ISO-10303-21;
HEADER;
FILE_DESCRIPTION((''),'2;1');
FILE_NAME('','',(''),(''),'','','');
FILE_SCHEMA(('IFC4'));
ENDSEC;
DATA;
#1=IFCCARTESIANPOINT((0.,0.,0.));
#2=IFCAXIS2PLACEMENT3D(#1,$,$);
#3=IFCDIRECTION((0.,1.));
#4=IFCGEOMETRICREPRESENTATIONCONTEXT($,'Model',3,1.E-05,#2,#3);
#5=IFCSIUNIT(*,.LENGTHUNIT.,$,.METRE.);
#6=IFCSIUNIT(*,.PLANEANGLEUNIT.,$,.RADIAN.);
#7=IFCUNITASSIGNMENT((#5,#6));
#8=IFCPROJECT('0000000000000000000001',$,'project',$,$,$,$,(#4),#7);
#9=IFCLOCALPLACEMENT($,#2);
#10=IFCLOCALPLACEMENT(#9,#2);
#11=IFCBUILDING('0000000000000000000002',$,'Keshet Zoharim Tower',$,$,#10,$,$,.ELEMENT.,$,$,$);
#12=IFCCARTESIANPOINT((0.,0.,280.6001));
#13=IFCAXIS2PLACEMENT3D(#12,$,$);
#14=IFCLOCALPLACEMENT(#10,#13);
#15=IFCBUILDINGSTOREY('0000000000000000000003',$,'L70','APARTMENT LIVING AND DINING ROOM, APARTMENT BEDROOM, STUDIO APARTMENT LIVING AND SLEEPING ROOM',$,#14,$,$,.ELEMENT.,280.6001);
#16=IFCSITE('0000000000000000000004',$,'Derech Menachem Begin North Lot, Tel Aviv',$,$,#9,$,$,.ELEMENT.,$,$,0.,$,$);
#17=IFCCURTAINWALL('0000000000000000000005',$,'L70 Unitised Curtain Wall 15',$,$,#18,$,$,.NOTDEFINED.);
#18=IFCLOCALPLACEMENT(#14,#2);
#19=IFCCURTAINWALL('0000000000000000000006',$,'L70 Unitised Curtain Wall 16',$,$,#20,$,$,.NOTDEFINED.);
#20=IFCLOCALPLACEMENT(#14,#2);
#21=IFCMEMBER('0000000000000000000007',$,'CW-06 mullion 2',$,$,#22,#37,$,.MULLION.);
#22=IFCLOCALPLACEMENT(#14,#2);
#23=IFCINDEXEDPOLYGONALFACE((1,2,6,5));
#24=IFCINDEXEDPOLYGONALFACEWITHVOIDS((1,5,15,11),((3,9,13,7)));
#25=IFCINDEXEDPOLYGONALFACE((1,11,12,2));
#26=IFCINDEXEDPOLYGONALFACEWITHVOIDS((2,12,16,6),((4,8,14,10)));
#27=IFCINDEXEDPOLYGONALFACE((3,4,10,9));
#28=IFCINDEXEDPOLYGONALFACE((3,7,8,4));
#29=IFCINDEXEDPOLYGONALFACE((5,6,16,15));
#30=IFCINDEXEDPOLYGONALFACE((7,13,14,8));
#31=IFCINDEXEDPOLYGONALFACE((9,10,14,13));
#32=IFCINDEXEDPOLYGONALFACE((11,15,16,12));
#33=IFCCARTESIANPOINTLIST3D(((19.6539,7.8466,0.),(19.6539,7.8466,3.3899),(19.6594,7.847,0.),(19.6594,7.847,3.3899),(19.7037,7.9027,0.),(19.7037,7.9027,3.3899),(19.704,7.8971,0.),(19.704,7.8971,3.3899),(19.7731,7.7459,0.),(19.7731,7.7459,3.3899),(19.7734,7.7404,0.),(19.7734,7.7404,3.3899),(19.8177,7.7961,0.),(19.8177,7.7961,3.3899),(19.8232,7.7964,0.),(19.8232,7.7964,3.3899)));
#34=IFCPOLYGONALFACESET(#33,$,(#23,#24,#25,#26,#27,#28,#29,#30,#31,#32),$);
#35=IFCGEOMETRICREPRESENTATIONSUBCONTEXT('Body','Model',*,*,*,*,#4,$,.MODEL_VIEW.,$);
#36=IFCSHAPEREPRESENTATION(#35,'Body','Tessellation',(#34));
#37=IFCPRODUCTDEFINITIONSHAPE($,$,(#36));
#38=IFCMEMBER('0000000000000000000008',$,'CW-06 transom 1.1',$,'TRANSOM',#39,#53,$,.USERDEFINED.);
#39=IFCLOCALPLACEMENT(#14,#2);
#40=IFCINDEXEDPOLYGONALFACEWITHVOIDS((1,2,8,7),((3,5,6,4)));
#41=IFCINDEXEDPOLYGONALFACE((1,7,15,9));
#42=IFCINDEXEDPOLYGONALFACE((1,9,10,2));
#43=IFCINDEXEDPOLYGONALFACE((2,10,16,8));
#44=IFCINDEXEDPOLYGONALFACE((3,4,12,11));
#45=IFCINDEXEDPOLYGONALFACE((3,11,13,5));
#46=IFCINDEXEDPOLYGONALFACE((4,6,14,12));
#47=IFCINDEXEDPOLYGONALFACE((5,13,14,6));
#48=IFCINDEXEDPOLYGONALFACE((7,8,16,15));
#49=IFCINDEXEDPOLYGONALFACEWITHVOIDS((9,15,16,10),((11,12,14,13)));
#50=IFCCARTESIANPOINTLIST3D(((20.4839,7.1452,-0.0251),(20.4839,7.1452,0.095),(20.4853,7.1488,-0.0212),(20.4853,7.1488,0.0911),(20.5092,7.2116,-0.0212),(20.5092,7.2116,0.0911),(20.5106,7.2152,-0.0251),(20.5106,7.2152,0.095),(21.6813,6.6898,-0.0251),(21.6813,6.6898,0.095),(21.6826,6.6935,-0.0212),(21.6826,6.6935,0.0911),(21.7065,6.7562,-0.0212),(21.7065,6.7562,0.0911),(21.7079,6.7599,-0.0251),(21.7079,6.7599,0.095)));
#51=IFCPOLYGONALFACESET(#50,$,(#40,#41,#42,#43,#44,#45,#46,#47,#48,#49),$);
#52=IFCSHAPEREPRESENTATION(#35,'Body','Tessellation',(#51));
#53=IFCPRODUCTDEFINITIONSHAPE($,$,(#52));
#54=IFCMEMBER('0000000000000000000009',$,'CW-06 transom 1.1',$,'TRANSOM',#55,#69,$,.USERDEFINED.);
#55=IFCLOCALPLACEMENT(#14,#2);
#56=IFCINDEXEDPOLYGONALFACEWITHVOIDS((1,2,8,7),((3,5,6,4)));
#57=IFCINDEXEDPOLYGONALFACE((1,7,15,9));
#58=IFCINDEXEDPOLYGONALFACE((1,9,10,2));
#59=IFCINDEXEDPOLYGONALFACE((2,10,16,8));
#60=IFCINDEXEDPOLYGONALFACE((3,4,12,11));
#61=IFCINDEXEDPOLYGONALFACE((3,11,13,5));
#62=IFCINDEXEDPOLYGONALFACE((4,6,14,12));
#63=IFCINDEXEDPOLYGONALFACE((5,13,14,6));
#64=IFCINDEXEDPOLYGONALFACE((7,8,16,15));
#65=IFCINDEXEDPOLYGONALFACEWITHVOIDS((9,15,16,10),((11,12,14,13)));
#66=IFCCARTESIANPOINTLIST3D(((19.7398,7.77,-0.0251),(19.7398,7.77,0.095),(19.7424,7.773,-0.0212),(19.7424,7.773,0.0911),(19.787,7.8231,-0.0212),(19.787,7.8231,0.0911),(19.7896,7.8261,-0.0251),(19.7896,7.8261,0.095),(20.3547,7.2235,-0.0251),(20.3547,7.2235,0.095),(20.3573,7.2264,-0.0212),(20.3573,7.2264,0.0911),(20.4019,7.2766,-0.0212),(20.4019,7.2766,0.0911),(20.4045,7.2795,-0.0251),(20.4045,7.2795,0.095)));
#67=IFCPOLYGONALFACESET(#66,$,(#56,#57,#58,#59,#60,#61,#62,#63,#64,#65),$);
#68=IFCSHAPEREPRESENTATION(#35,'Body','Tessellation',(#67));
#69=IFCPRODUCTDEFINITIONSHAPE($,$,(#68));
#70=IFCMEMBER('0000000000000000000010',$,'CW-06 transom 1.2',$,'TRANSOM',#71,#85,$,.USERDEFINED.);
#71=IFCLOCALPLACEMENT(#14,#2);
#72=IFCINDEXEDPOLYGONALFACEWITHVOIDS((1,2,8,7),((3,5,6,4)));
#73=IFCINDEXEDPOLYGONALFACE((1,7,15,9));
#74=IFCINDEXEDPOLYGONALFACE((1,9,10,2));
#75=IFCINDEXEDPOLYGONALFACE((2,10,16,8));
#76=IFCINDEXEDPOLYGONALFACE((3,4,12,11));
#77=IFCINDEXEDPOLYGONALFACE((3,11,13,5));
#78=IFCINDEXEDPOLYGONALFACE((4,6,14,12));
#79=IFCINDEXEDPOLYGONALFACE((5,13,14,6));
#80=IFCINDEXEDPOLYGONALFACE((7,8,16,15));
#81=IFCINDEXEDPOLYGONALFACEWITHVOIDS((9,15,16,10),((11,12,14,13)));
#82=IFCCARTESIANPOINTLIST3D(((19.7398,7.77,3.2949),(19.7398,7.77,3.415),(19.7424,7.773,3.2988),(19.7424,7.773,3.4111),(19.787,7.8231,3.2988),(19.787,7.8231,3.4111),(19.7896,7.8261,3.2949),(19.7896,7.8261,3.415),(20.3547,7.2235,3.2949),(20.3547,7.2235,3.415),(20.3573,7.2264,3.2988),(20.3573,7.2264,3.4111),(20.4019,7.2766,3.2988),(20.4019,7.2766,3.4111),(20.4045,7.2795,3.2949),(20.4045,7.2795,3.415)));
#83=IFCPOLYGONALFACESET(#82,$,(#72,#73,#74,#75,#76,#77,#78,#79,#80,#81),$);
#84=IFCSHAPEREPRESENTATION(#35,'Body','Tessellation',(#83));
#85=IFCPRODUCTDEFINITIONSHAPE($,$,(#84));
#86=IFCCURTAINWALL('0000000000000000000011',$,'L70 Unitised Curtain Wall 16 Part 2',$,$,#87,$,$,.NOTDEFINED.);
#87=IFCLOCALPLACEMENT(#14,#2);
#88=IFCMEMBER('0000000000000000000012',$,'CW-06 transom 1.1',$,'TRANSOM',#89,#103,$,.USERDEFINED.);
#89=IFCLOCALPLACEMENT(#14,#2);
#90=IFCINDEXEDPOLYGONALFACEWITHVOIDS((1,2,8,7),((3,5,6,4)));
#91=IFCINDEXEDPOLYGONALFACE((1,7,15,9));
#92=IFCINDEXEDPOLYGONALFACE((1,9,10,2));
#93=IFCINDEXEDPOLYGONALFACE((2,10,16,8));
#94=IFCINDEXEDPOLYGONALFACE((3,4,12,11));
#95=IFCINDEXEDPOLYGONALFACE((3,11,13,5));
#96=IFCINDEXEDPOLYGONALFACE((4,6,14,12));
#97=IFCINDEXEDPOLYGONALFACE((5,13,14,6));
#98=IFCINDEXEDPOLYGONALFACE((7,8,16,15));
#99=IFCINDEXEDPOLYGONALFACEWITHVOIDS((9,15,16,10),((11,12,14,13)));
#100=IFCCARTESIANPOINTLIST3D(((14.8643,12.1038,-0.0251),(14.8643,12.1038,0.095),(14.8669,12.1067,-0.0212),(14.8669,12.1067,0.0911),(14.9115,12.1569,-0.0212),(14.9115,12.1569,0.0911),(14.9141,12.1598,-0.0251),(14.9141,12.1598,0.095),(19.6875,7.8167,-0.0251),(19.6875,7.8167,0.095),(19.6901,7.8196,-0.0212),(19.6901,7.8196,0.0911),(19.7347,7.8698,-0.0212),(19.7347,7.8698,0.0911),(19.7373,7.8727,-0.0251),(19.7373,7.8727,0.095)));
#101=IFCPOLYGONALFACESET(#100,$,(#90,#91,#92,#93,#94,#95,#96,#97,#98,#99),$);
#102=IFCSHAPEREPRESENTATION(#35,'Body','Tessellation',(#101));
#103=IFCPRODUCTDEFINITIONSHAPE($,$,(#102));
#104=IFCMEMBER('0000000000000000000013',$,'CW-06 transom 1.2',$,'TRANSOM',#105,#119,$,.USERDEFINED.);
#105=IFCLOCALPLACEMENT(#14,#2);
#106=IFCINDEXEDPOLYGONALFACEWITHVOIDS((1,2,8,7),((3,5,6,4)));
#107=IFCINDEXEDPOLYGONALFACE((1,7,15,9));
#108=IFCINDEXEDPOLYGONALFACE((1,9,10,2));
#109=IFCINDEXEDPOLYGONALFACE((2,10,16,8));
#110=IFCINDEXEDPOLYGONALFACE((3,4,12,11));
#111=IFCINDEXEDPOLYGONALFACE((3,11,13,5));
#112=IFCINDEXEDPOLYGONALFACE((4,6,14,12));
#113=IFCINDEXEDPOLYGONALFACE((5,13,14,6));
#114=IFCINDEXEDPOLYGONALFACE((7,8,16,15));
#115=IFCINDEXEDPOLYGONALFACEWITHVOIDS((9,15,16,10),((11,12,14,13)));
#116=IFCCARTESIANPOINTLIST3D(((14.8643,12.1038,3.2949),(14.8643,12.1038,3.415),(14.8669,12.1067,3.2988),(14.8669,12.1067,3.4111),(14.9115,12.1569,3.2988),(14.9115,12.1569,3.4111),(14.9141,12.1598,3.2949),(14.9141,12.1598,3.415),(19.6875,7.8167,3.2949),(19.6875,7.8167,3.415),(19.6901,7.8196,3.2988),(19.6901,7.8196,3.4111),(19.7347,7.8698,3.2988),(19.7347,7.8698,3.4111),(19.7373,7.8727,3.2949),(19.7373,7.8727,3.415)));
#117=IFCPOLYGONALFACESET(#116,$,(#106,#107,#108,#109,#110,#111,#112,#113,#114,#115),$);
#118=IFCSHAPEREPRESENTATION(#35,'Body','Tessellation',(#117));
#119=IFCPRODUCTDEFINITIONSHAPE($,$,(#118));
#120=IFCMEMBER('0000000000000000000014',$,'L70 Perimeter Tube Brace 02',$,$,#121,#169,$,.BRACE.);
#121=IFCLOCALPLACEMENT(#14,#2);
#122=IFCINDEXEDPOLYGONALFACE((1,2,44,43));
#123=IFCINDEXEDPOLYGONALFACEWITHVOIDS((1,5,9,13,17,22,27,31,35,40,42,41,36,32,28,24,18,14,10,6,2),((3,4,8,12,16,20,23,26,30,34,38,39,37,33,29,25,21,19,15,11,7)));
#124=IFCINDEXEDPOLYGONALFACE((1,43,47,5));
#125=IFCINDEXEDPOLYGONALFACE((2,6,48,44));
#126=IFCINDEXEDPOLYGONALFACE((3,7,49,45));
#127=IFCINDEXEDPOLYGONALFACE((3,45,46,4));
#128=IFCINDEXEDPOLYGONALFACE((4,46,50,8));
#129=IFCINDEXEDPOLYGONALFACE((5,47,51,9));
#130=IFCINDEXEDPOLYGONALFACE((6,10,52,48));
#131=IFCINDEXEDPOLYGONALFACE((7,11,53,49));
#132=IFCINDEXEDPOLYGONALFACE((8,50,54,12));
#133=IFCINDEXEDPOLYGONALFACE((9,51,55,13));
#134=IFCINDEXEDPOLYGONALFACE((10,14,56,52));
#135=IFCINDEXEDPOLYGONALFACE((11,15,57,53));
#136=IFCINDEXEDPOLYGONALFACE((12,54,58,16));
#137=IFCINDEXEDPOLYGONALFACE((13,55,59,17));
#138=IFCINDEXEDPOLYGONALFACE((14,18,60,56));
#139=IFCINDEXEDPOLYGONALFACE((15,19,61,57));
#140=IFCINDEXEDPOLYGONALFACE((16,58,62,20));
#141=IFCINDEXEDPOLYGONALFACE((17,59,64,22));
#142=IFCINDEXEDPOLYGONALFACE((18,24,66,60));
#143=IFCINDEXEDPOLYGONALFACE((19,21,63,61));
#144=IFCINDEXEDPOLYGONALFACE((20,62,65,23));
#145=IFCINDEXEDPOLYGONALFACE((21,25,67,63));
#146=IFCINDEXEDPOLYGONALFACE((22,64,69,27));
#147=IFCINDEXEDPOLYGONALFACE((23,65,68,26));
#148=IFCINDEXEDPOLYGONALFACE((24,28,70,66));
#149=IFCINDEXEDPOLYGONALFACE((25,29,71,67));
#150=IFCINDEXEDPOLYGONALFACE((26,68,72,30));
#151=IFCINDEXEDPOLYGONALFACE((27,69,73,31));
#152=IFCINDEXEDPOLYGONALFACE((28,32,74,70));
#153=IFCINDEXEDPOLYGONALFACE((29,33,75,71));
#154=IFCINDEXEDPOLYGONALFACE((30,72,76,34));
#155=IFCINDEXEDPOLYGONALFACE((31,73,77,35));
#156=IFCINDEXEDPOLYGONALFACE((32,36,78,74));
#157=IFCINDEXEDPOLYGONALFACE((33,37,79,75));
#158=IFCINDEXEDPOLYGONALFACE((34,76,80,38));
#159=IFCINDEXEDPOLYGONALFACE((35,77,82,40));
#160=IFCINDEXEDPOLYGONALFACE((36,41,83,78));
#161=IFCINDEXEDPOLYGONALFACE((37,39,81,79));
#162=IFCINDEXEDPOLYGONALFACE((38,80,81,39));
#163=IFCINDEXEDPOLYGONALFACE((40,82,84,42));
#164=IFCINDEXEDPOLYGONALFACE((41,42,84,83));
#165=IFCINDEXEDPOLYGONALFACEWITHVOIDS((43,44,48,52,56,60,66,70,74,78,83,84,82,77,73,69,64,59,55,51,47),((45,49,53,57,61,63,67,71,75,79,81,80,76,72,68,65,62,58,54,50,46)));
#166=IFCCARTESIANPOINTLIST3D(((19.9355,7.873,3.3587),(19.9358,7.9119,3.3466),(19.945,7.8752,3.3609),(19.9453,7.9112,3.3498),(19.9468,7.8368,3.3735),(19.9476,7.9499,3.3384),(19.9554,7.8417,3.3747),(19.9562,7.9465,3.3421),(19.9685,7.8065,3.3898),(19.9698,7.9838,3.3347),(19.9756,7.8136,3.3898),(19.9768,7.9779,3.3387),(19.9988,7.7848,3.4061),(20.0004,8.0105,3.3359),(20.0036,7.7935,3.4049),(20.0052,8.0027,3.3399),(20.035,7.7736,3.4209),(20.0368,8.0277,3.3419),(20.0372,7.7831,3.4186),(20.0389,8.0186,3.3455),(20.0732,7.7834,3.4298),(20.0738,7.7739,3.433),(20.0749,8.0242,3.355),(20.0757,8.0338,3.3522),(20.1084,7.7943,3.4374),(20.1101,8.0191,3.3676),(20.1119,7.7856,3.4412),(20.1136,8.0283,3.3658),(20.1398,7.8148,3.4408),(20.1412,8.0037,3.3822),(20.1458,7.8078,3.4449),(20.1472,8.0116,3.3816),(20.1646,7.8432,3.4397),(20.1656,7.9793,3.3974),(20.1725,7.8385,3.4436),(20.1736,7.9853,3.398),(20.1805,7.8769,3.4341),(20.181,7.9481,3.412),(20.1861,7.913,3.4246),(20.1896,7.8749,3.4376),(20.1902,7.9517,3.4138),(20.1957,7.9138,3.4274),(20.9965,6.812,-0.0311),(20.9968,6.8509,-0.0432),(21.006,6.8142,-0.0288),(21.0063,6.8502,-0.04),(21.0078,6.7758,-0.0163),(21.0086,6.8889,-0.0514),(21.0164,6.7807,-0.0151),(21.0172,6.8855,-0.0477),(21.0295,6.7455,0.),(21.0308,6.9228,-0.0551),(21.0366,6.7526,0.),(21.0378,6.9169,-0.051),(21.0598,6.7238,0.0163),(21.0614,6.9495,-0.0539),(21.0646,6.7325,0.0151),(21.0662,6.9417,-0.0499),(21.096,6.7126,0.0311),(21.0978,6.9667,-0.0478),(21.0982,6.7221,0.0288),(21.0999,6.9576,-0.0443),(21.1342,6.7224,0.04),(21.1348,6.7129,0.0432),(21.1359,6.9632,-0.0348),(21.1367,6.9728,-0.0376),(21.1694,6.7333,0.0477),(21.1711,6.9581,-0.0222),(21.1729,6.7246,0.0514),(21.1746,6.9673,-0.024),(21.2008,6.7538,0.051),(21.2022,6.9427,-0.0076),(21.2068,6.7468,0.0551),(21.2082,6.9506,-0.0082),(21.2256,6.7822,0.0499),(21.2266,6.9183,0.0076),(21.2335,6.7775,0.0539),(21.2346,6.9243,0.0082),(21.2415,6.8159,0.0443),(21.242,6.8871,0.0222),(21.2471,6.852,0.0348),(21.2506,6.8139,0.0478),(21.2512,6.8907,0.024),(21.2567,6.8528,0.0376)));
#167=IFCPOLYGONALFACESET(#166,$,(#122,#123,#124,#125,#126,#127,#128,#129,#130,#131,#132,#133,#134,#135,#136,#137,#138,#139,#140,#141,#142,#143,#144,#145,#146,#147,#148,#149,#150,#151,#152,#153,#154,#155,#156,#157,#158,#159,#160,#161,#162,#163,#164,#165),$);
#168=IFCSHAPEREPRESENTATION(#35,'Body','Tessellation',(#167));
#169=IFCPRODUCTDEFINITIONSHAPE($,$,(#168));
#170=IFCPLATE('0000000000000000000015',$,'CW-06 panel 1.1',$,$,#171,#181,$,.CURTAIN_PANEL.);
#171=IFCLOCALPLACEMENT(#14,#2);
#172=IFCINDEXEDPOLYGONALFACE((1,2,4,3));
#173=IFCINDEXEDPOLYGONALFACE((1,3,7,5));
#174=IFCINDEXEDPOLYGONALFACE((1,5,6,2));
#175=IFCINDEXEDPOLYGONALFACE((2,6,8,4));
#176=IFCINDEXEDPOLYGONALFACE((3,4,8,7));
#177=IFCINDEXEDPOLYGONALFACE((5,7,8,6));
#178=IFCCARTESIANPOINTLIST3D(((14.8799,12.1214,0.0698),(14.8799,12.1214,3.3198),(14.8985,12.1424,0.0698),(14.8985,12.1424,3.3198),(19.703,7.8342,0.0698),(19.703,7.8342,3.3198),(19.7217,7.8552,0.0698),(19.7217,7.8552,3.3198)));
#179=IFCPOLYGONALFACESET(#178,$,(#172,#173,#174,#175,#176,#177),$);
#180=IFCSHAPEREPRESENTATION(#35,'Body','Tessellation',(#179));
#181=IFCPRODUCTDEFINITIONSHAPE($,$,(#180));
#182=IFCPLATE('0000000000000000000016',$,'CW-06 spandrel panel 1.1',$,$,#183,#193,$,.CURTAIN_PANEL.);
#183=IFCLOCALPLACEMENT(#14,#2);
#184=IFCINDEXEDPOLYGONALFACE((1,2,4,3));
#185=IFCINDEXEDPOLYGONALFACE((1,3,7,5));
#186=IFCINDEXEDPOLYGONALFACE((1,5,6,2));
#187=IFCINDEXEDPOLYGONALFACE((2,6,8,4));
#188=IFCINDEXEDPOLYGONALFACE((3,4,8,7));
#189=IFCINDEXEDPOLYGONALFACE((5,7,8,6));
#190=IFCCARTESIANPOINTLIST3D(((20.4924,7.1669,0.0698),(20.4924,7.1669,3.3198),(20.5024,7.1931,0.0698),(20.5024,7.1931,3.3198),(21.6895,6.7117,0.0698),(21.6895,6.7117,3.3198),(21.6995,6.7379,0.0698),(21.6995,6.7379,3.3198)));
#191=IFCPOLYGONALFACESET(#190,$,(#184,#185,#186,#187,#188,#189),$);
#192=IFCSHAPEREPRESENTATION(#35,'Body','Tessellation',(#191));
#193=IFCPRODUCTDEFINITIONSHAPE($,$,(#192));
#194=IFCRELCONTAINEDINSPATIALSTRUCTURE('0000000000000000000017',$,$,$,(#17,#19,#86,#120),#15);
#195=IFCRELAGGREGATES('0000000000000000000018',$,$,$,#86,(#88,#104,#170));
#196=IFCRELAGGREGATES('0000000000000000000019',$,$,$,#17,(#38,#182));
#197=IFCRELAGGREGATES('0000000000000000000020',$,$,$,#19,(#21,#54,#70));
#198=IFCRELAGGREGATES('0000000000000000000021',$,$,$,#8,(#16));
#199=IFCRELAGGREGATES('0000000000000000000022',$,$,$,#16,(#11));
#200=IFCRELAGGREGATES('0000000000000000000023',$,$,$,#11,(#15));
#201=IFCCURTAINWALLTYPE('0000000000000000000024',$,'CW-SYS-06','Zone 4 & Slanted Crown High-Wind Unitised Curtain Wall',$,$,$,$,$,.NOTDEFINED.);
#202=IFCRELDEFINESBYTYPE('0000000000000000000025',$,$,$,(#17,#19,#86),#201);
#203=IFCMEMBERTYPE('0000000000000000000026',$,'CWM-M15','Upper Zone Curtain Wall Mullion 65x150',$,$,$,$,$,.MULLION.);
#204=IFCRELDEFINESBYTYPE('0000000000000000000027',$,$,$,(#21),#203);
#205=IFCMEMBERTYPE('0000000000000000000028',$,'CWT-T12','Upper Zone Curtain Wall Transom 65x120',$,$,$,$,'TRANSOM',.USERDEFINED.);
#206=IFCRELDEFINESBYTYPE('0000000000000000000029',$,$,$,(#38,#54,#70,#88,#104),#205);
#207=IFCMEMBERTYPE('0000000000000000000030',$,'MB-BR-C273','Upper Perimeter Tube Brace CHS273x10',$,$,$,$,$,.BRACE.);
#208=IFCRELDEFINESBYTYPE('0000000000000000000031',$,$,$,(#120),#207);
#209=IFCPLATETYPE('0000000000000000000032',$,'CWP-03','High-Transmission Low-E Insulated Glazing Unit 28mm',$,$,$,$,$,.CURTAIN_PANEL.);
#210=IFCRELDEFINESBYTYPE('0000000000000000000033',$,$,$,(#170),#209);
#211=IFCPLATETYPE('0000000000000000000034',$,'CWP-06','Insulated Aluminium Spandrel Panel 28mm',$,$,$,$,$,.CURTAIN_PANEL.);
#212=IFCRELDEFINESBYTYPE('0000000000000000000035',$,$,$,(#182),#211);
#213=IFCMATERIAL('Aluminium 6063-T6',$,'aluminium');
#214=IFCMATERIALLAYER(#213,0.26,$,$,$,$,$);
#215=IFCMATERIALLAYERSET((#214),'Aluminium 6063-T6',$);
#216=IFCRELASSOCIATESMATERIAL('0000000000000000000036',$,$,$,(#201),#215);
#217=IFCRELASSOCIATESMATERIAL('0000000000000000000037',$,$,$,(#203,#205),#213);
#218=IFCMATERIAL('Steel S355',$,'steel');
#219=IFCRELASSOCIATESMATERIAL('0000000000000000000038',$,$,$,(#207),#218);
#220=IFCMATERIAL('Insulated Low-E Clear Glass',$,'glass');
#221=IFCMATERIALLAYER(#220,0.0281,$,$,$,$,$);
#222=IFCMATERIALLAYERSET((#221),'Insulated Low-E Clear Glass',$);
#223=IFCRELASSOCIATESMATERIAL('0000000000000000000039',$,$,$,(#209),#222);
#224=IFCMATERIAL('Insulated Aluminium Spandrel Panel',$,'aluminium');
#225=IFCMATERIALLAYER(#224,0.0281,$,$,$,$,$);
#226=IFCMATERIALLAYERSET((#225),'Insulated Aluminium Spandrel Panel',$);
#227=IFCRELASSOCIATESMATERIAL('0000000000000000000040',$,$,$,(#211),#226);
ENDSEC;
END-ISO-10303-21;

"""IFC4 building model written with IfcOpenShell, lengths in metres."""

from ifc_helpers import new_model, si_unit, direction, frame, origin, origin_2d, place, context, subcontext, project, spatial, rectangle, hollow_rectangle, hollow_circle, extrude, material, layer, layer_set, material_profile, profile_set, type_object, element, aggregate, save


model = new_model("IFC4")

# Units and contexts
model_context = context("Model", 3, precision=1e-05, world=origin(), true_north=direction((0.0, 1.0)))
body_context = subcontext(model_context, "Body", "Model", "MODEL_VIEW")
ifc_project = project(units=[si_unit("LENGTHUNIT", "METRE"), si_unit("PLANEANGLEUNIT", "RADIAN")], contexts=[model_context])

# Site, building, storey
site_placement = place(None, origin())
site = spatial("IfcSite", under=ifc_project, at=site_placement, Name="Derech Menachem Begin North Lot, Tel Aviv", CompositionType="ELEMENT", RefElevation=0.0)
building_placement = place(site_placement, origin())
building = spatial("IfcBuilding", under=site, at=building_placement, Name="Keshet Zoharim Tower", CompositionType="ELEMENT")
storey_placement = place(building_placement, frame((0.0, 0.0, 280.6001)))
storey = spatial("IfcBuildingStorey", under=building, at=storey_placement, Name="L70", Description="APARTMENT LIVING AND DINING ROOM, APARTMENT BEDROOM, STUDIO APARTMENT LIVING AND SLEEPING ROOM", CompositionType="ELEMENT", Elevation=280.6001)

# Shared definitions
ifc_material_1 = material(Name="Steel S355", Category="steel")

# Curtain wall
ifc_material_2 = material(Name="Aluminium 6063-T6", Category="aluminium")
ifc_layer_1 = layer(ifc_material_2, 0.26)
ifc_layer_set_1 = layer_set([ifc_layer_1], Name="Aluminium 6063-T6")
curtain_wall_type = type_object("IfcCurtainWallType", Name="CW-SYS-06", Description="Zone 4 & Slanted Crown High-Wind Unitised Curtain Wall", PredefinedType="NOTDEFINED", material=ifc_layer_set_1)
curtain_wall_1_placement = place(storey_placement, origin())
curtain_wall_1 = element("IfcCurtainWall", 1, at=curtain_wall_1_placement, inside=storey, type_object=curtain_wall_type, Name="L70 Unitised Curtain Wall 15", PredefinedType="NOTDEFINED")
ifc_material_profile_1 = material_profile(ifc_material_2, hollow_rectangle(XDim=0.075, YDim=0.1599, WallThickness=0.0039, at=origin_2d()), Name="MUL-75x160")
ifc_profile_set_1 = profile_set([ifc_material_profile_1], Name="Aluminium 6063-T6")
member_type_1 = type_object("IfcMemberType", Name="CWM-M15", Description="Upper Zone Curtain Wall Mullion 65x150", PredefinedType="MULLION", material=ifc_profile_set_1)

# Curtain wall, member
curtain_wall_2_placement = place(storey_placement, origin())
curtain_wall_2 = element("IfcCurtainWall", 2, at=curtain_wall_2_placement, inside=storey, type_object=curtain_wall_type, Name="L70 Unitised Curtain Wall 16", PredefinedType="NOTDEFINED")
member_1_placement = place(storey_placement, frame((19.7385, 7.8215, 0.0), z_axis=(0.0, 0.0, 1.0), x_axis=(-0.664345, -0.747427, 0.0)))
member_1 = element("IfcMember", 3, at=member_1_placement, type_object=member_type_1, Name="CW-06 mullion 2", PredefinedType="MULLION", context=body_context, shape_type="SweptSolid", body=[
    extrude(hollow_rectangle(XDim=0.075, YDim=0.1599, WallThickness=0.0039, at=origin_2d()), origin(), (0.0, 0.0, 1.0), 3.3899),
])

# Members
ifc_material_profile_2 = material_profile(ifc_material_2, hollow_rectangle(XDim=0.075, YDim=0.1201, WallThickness=0.0039, at=origin_2d()), Name="TRN-75x120")
ifc_profile_set_2 = profile_set([ifc_material_profile_2], Name="Aluminium 6063-T6")
member_type_2 = type_object("IfcMemberType", Name="CWT-T12", Description="Upper Zone Curtain Wall Transom 65x120", ElementType="TRANSOM", PredefinedType="USERDEFINED", material=ifc_profile_set_2)
member_2_placement = place(storey_placement, frame((21.6946, 6.7249, 0.0349), z_axis=(-0.93469, 0.355464, 0.0), x_axis=(-0.355464, -0.93469, 0.0)))
member_2 = element("IfcMember", 4, at=member_2_placement, type_object=member_type_2, Name="CW-06 transom 1.1", ObjectType="TRANSOM", PredefinedType="USERDEFINED", context=body_context, shape_type="SweptSolid", body=[
    extrude(hollow_rectangle(XDim=0.075, YDim=0.1201, WallThickness=0.0039, at=origin_2d()), origin(), (0.0, 0.0, 1.0), 1.281),
])
member_3_placement = place(storey_placement, frame((20.3796, 7.2515, 0.0349), z_axis=(-0.747426, 0.664345, 0.0), x_axis=(-0.664345, -0.747426, 0.0)))
member_3 = element("IfcMember", 5, at=member_3_placement, type_object=member_type_2, Name="CW-06 transom 1.1", ObjectType="TRANSOM", PredefinedType="USERDEFINED", context=body_context, shape_type="SweptSolid", body=[
    extrude(hollow_rectangle(XDim=0.075, YDim=0.1201, WallThickness=0.0039, at=origin_2d()), origin(), (0.0, 0.0, 1.0), 0.8228),
])
member_4_placement = place(storey_placement, frame((20.3796, 7.2515, 3.355), z_axis=(-0.747426, 0.664345, 0.0), x_axis=(-0.664345, -0.747426, 0.0)))
member_4 = element("IfcMember", 6, at=member_4_placement, type_object=member_type_2, Name="CW-06 transom 1.2", ObjectType="TRANSOM", PredefinedType="USERDEFINED", context=body_context, shape_type="SweptSolid", body=[
    extrude(hollow_rectangle(XDim=0.075, YDim=0.1201, WallThickness=0.0039, at=origin_2d()), origin(), (0.0, 0.0, 1.0), 0.8228),
])

# Curtain wall, members
curtain_wall_3_placement = place(storey_placement, origin())
curtain_wall_3 = element("IfcCurtainWall", 7, at=curtain_wall_3_placement, inside=storey, type_object=curtain_wall_type, Name="L70 Unitised Curtain Wall 16 Part 2", PredefinedType="NOTDEFINED")
member_5_placement = place(storey_placement, frame((19.7124, 7.8447, 0.0349), z_axis=(-0.747426, 0.664345, 0.0), x_axis=(-0.664345, -0.747426, 0.0)))
member_5 = element("IfcMember", 8, at=member_5_placement, type_object=member_type_2, Name="CW-06 transom 1.1", ObjectType="TRANSOM", PredefinedType="USERDEFINED", context=body_context, shape_type="SweptSolid", body=[
    extrude(hollow_rectangle(XDim=0.075, YDim=0.1201, WallThickness=0.0039, at=origin_2d()), origin(), (0.0, 0.0, 1.0), 6.4531),
])
member_6_placement = place(storey_placement, frame((19.7124, 7.8447, 3.355), z_axis=(-0.747426, 0.664345, 0.0), x_axis=(-0.664345, -0.747426, 0.0)))
member_6 = element("IfcMember", 9, at=member_6_placement, type_object=member_type_2, Name="CW-06 transom 1.2", ObjectType="TRANSOM", PredefinedType="USERDEFINED", context=body_context, shape_type="SweptSolid", body=[
    extrude(hollow_rectangle(XDim=0.075, YDim=0.1201, WallThickness=0.0039, at=origin_2d()), origin(), (0.0, 0.0, 1.0), 6.4531),
])

# Member
ifc_material_profile_3 = material_profile(ifc_material_1, hollow_circle(Radius=0.1365, WallThickness=0.01, at=origin_2d()), Name="CHS273x10")
ifc_profile_set_3 = profile_set([ifc_material_profile_3], Name="Steel S355")
member_type_3 = type_object("IfcMemberType", Name="MB-BR-C273", Description="Upper Perimeter Tube Brace CHS273x10", PredefinedType="BRACE", material=ifc_profile_set_3)
member_7_placement = place(storey_placement, frame((21.126, 6.842, 0.0), z_axis=(-0.286213, 0.286213, 0.91442), x_axis=(-0.707107, -0.707107, 0.0)))
element("IfcMember", 10, at=member_7_placement, inside=storey, type_object=member_type_3, Name="L70 Perimeter Tube Brace 02", PredefinedType="BRACE", context=body_context, shape_type="SweptSolid", body=[
    extrude(hollow_circle(Radius=0.1365, WallThickness=0.01, at=origin_2d()), origin(), (0.0, 0.0, 1.0), 3.707),
])

# Plates
ifc_material_3 = material(Name="Insulated Low-E Clear Glass", Category="glass")
ifc_layer_2 = layer(ifc_material_3, 0.0281)
ifc_layer_set_2 = layer_set([ifc_layer_2], Name="Insulated Low-E Clear Glass")
plate_type_1 = type_object("IfcPlateType", Name="CWP-03", Description="High-Transmission Low-E Insulated Glazing Unit 28mm", PredefinedType="CURTAIN_PANEL", material=ifc_layer_set_2)
plate_1_placement = place(storey_placement, frame((17.3008, 9.9883, 0.0698), z_axis=(0.0, 0.0, 1.0), x_axis=(-0.747408, 0.664365, 0.0)))
plate_1 = element("IfcPlate", 11, at=plate_1_placement, type_object=plate_type_1, Name="CW-06 panel 1.1", PredefinedType="CURTAIN_PANEL", context=body_context, shape_type="SweptSolid", body=[
    extrude(rectangle(XDim=6.4531, YDim=0.0281, at=origin_2d()), origin(), (0.0, 0.0, 1.0), 3.25),
])
aggregate(curtain_wall_3, [member_5, member_6, plate_1])
ifc_material_4 = material(Name="Insulated Aluminium Spandrel Panel", Category="aluminium")
ifc_layer_3 = layer(ifc_material_4, 0.0281)
ifc_layer_set_3 = layer_set([ifc_layer_3], Name="Insulated Aluminium Spandrel Panel")
plate_type_2 = type_object("IfcPlateType", Name="CWP-06", Description="Insulated Aluminium Spandrel Panel 28mm", PredefinedType="CURTAIN_PANEL", material=ifc_layer_set_3)
plate_2_placement = place(storey_placement, frame((21.0959, 6.9524, 0.0698), z_axis=(0.0, 0.0, 1.0), x_axis=(-0.934699, 0.355439, 0.0)))
plate_2 = element("IfcPlate", 12, at=plate_2_placement, type_object=plate_type_2, Name="CW-06 spandrel panel 1.1", PredefinedType="CURTAIN_PANEL", context=body_context, shape_type="SweptSolid", body=[
    extrude(rectangle(XDim=1.2808, YDim=0.0281, at=origin_2d()), origin(), (0.0, 0.0, 1.0), 3.25),
])
aggregate(curtain_wall_1, [member_2, plate_2])
aggregate(curtain_wall_2, [member_1, member_3, member_4])

save(model, "model.ifc")
